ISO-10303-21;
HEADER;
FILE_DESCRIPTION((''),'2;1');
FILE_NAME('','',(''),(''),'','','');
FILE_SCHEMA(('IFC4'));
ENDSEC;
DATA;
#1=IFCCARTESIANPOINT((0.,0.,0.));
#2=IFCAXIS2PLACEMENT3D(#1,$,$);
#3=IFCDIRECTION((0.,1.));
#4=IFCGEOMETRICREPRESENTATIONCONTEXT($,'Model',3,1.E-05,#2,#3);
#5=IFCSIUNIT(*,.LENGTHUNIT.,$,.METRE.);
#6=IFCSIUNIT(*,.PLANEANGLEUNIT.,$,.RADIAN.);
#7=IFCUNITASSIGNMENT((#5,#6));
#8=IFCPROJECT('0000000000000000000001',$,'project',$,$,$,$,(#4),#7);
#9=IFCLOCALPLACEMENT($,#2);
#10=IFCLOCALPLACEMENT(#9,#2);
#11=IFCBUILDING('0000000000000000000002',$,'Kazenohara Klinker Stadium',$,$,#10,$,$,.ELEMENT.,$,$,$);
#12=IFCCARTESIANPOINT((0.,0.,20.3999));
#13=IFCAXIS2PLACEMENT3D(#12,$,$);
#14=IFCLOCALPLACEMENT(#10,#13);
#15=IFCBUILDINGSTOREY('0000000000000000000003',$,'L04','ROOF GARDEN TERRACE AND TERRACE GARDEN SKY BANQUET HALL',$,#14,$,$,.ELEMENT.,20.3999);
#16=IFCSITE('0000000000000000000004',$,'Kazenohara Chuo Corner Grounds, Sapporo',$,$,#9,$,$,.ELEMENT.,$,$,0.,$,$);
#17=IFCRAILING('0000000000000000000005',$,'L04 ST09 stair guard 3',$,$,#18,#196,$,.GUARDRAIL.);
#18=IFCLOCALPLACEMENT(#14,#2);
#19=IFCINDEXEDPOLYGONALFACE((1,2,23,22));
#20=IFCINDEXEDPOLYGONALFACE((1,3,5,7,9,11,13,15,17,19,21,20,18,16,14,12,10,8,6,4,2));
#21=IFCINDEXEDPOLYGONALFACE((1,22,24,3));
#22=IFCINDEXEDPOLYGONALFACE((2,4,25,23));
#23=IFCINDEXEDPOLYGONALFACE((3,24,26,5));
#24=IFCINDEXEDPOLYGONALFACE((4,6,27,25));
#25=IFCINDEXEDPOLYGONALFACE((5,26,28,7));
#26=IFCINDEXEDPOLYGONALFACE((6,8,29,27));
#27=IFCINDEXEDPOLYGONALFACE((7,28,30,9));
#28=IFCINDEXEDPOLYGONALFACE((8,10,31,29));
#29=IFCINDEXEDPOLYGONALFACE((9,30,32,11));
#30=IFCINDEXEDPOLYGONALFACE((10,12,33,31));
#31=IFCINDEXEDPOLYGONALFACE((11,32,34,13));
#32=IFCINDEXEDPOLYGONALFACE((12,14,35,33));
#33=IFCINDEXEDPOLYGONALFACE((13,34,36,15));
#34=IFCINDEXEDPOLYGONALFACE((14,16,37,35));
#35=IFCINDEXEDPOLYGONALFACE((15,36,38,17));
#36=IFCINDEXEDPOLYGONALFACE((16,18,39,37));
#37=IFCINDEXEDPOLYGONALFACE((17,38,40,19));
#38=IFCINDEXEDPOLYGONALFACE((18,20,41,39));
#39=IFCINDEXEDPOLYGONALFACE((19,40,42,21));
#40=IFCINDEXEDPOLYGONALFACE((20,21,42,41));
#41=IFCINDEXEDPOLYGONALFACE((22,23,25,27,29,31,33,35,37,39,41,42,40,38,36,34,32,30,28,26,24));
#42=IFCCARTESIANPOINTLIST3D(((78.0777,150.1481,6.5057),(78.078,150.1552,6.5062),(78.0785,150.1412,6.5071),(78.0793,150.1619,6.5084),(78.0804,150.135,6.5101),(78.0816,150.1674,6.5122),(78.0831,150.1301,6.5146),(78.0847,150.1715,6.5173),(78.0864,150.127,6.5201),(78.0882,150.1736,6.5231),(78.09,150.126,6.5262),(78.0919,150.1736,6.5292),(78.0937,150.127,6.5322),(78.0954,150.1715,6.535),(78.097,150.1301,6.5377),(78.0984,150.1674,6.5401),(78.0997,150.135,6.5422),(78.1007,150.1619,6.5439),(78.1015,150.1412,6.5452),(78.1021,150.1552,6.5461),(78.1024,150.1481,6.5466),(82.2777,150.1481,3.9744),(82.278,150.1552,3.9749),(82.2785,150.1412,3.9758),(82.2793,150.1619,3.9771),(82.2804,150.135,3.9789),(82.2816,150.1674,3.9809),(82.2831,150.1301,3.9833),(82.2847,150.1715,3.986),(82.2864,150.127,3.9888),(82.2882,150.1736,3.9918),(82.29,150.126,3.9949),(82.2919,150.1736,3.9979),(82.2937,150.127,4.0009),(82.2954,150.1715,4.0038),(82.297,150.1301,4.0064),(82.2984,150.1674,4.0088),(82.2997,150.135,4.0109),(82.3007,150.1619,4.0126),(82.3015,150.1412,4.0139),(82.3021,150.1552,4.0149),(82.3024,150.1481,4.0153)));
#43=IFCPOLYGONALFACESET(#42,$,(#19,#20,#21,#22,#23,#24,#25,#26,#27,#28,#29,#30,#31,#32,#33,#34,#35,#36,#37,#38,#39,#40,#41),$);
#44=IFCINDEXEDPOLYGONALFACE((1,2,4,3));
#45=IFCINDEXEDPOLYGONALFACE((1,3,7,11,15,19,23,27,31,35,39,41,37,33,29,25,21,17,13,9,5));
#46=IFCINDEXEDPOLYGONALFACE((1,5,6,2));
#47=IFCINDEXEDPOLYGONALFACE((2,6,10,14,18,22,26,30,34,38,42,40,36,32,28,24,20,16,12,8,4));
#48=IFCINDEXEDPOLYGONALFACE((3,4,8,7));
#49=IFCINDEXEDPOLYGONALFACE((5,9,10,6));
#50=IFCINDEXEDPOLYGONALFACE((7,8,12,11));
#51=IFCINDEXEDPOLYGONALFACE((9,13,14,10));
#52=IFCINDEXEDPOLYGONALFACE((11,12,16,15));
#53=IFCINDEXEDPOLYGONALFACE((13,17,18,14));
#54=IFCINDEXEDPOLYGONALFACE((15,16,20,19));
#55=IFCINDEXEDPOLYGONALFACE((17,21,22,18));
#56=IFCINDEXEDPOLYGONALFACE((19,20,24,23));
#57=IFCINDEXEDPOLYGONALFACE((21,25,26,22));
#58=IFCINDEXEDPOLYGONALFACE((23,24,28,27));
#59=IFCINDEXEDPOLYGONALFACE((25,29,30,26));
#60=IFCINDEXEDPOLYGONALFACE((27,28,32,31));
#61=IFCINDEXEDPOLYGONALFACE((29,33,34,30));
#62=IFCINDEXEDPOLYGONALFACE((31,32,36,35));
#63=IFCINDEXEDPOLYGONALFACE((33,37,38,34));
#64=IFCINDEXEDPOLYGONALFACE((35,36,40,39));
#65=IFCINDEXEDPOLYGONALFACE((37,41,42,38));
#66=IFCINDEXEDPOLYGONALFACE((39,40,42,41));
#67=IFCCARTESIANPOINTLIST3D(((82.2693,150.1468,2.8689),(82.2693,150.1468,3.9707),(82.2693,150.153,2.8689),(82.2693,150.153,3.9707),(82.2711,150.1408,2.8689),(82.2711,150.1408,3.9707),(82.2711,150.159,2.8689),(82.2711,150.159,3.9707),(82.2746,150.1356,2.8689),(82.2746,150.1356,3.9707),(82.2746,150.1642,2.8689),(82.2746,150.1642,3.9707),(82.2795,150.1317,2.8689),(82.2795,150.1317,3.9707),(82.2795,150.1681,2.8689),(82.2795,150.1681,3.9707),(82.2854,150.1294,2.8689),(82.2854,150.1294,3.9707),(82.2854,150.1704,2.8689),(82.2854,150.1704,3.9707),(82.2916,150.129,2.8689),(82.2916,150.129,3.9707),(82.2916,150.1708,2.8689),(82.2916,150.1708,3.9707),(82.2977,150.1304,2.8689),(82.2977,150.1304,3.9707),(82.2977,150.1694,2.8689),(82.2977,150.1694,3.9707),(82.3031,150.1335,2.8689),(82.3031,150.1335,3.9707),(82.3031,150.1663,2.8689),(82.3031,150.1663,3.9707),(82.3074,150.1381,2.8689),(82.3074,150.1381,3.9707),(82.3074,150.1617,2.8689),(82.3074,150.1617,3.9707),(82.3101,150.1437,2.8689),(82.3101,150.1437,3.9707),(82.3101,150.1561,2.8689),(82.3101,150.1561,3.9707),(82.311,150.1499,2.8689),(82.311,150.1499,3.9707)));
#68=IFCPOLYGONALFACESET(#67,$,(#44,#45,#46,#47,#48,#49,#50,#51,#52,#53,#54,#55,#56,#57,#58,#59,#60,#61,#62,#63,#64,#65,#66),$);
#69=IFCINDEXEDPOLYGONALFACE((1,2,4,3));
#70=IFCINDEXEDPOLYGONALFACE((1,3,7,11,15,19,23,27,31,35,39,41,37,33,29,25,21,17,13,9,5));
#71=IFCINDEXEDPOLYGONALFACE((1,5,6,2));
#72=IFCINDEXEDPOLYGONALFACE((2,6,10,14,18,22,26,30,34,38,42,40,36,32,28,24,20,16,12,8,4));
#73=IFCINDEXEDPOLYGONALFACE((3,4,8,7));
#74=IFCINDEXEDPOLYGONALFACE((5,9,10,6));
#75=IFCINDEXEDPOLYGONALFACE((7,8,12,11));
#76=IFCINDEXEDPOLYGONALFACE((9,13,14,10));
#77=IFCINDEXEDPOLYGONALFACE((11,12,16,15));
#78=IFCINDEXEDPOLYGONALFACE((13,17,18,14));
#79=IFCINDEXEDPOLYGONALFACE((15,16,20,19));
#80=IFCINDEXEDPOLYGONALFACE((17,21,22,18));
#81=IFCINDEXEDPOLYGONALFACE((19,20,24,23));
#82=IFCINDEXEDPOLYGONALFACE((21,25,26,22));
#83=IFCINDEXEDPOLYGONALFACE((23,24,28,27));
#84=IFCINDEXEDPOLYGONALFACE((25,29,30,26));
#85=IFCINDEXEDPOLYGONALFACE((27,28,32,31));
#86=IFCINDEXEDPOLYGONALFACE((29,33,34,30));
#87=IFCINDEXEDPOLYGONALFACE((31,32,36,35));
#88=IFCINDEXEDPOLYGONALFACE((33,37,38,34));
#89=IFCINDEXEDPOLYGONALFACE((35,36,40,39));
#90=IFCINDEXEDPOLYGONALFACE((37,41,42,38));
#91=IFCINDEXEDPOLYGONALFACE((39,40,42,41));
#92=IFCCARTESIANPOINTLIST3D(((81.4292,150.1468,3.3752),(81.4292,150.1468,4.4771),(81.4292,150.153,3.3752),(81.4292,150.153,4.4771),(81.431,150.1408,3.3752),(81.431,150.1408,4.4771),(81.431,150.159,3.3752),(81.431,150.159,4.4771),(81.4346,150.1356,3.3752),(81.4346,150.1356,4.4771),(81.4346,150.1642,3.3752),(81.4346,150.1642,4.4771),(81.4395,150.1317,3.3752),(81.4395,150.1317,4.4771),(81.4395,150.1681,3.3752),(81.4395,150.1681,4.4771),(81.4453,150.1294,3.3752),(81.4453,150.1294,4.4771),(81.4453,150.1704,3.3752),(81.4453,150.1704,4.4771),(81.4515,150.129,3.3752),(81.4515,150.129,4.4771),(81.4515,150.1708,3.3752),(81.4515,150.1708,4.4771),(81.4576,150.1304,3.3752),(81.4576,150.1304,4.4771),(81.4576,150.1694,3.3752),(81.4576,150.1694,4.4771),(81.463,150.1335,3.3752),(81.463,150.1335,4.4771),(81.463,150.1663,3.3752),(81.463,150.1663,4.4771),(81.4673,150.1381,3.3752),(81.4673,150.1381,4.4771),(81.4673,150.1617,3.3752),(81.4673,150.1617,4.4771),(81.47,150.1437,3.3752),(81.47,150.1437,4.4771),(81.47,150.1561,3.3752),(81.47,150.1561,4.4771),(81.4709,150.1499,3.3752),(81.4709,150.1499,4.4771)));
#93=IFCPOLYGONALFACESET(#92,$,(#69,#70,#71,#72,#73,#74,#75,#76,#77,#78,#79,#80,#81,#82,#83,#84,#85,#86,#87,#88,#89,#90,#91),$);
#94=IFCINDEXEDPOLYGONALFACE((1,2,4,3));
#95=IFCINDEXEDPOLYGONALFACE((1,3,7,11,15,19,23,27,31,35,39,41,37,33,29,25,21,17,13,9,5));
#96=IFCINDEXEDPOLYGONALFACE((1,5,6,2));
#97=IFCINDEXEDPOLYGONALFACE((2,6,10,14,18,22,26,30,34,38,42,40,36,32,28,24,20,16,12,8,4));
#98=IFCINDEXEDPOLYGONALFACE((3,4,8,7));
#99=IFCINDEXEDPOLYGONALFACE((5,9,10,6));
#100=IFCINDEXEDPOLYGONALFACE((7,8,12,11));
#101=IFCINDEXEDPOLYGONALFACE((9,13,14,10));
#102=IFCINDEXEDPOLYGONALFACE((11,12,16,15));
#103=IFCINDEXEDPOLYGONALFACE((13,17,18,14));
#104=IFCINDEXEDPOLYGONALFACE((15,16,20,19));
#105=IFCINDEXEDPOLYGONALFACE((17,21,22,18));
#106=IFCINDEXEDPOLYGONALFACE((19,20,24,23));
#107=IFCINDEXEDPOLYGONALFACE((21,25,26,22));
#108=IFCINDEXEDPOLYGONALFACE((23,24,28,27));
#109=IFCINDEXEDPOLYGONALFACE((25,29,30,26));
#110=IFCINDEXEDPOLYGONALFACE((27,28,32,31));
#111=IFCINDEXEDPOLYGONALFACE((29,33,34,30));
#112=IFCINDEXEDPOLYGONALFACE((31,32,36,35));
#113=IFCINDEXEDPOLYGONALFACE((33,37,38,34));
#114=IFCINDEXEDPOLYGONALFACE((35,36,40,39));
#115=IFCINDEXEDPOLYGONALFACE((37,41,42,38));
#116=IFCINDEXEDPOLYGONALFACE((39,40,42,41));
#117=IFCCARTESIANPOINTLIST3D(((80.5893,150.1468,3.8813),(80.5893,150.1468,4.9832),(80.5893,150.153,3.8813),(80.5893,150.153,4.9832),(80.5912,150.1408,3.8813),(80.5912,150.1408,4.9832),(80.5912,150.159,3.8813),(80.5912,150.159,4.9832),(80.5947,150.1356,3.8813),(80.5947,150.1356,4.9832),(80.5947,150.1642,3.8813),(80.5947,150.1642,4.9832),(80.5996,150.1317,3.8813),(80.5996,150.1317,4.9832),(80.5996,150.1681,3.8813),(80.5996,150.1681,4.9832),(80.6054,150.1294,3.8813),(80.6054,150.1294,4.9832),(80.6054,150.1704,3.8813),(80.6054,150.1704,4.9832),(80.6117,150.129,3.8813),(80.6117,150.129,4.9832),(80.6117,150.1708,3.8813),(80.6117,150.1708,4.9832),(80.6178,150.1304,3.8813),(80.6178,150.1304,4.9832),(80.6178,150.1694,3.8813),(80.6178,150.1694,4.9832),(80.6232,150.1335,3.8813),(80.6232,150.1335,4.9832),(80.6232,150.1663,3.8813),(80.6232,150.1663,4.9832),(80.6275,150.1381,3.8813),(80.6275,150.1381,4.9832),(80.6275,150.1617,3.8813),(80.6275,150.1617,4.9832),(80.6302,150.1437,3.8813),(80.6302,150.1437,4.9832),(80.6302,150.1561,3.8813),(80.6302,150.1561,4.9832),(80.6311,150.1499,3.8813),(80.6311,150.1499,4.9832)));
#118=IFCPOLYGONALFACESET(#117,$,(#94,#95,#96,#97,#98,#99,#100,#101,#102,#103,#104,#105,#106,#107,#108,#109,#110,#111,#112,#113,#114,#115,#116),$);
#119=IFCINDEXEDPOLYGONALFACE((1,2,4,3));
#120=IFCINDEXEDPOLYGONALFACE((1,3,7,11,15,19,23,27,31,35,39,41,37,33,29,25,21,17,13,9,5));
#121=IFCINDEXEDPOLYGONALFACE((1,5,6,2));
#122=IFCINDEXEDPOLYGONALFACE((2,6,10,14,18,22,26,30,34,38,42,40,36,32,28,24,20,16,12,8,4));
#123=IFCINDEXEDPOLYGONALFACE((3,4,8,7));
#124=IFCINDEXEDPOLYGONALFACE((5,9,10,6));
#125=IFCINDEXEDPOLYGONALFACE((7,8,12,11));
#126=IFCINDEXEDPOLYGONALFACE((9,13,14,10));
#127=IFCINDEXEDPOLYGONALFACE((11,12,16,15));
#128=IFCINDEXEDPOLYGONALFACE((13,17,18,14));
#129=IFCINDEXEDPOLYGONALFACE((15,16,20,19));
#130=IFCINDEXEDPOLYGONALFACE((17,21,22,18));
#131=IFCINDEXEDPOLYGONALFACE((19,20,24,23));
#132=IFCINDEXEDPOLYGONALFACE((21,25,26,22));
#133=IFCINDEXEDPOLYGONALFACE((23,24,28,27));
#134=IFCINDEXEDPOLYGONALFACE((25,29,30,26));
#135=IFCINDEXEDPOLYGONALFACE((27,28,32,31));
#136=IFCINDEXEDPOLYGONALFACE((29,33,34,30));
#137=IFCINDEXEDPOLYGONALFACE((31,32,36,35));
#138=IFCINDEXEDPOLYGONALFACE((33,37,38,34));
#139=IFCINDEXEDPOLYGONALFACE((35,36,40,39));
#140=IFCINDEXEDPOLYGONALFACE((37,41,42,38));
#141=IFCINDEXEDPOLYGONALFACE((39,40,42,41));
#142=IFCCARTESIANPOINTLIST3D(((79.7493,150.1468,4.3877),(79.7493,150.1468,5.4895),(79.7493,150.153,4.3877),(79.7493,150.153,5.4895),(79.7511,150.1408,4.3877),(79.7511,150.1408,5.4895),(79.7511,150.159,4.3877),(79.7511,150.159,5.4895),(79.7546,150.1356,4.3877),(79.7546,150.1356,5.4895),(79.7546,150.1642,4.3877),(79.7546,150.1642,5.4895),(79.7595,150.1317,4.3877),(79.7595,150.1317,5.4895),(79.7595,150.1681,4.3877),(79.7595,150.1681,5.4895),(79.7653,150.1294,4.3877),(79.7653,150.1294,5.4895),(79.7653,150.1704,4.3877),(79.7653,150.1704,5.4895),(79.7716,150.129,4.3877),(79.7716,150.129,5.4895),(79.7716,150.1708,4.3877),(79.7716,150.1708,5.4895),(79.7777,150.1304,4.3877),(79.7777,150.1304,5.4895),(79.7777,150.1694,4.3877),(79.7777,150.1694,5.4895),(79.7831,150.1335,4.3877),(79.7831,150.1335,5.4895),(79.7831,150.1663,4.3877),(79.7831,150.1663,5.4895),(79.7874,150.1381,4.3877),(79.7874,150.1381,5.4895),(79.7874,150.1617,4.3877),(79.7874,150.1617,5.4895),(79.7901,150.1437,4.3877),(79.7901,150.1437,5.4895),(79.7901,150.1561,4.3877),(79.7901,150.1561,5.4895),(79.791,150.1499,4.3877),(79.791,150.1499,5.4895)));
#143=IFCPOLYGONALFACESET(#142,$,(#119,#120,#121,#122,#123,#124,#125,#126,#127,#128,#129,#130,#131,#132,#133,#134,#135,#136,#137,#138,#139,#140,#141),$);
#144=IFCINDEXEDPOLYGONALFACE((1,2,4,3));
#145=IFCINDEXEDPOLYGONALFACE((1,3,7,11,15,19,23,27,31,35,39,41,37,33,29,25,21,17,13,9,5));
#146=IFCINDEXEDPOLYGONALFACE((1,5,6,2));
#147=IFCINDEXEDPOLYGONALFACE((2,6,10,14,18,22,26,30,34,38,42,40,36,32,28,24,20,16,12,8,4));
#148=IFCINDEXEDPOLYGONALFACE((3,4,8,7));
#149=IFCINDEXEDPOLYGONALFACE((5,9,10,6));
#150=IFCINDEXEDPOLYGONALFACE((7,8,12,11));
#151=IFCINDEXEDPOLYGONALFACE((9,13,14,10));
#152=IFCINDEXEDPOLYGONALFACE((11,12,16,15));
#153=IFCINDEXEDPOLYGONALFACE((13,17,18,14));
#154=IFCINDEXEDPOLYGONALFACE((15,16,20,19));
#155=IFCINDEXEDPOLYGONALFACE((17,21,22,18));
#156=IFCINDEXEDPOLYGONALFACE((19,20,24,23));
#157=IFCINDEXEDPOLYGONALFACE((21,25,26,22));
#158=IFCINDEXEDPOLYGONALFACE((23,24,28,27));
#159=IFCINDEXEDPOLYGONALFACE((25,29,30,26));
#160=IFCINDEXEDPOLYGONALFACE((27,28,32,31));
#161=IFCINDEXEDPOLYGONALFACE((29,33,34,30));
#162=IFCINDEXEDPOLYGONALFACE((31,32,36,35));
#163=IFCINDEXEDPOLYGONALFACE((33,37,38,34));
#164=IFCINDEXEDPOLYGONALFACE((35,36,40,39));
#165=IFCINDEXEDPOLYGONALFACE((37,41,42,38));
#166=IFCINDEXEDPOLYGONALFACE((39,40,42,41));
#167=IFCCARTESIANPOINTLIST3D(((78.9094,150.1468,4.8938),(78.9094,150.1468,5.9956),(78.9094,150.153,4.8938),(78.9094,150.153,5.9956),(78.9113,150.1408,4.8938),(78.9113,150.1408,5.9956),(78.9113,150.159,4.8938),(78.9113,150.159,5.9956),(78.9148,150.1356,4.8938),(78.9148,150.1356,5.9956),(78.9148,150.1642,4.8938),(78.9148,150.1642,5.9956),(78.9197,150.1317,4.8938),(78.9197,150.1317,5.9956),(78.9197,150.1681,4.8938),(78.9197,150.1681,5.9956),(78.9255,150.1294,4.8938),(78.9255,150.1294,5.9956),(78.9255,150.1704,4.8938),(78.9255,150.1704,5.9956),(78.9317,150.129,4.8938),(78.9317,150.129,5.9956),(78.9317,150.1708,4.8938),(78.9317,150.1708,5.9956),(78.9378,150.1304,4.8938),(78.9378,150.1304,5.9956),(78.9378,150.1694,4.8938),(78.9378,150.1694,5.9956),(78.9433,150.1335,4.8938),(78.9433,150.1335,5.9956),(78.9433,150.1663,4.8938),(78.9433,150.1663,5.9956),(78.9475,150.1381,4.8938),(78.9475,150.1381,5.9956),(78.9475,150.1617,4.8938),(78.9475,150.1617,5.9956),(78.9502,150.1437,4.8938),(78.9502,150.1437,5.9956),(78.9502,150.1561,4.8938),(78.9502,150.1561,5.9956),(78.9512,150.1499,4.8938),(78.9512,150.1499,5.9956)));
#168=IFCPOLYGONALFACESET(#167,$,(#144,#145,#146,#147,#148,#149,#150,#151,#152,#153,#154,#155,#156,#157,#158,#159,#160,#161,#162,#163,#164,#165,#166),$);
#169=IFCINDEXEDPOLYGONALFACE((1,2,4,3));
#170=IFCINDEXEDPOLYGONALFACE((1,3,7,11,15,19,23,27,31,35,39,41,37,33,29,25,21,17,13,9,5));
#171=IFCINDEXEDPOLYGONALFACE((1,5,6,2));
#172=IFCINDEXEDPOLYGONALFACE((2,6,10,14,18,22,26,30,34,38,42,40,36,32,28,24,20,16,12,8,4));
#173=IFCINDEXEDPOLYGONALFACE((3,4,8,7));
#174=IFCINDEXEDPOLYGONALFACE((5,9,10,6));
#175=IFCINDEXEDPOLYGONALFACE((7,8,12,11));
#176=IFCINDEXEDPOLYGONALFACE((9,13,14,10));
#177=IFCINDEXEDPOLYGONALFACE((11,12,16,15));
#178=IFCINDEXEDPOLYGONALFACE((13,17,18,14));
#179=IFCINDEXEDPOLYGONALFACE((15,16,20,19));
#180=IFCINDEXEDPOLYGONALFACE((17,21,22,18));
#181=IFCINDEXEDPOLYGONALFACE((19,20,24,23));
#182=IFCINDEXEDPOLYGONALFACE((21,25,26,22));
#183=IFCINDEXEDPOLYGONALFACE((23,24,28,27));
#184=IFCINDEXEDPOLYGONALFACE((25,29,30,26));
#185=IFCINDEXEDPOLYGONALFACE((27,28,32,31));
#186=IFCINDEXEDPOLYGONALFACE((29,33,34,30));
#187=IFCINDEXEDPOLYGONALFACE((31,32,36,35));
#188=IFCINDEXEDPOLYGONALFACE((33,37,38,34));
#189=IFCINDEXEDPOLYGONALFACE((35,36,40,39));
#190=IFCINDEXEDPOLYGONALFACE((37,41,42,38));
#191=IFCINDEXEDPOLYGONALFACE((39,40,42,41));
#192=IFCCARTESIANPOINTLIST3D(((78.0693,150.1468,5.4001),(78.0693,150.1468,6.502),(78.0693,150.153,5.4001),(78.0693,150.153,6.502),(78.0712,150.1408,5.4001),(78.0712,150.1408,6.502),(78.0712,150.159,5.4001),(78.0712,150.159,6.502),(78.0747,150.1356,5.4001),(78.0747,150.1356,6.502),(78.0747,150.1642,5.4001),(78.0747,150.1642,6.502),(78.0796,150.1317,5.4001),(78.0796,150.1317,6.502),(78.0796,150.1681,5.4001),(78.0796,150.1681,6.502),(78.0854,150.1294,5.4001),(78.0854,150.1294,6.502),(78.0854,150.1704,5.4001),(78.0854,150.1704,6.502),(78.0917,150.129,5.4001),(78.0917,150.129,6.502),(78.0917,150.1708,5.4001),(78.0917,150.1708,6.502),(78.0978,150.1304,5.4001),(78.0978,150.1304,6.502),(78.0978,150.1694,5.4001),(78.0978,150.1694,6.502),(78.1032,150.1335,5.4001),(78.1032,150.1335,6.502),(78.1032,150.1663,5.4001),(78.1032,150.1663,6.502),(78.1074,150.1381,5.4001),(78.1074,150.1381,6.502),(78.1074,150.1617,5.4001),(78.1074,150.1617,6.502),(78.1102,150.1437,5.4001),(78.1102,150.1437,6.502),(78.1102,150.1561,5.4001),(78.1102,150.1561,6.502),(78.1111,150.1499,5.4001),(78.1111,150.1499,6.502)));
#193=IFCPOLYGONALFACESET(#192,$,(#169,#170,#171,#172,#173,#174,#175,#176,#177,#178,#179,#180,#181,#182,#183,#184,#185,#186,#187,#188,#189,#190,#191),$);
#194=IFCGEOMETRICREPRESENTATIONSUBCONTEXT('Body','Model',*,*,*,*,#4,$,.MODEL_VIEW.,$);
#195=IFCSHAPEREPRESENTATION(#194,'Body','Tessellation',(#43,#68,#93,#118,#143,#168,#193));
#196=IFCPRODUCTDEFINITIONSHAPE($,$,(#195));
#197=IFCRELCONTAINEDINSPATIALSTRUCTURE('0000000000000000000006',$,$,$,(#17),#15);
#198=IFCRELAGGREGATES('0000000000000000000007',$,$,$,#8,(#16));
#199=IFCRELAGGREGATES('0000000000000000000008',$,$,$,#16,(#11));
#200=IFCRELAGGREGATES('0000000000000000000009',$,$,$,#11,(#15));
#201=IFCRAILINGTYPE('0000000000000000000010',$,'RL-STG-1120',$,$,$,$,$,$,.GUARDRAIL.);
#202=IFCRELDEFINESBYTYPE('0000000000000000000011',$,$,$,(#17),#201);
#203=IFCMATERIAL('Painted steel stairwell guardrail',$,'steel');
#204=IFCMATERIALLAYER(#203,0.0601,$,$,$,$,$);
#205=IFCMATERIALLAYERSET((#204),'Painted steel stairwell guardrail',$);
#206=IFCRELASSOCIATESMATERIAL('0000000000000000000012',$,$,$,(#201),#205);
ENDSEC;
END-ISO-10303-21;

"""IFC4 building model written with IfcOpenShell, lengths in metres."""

from ifc_helpers import new_model, si_unit, direction, frame, origin, origin_2d, place, context, subcontext, project, spatial, circle, extrude, material, layer, layer_set, type_object, element, save


model = new_model("IFC4")

# Units and contexts
model_context = context("Model", 3, precision=1e-05, world=origin(), true_north=direction((0.0, 1.0)))
body_context = subcontext(model_context, "Body", "Model", "MODEL_VIEW")
ifc_project = project(units=[si_unit("LENGTHUNIT", "METRE"), si_unit("PLANEANGLEUNIT", "RADIAN")], contexts=[model_context])

# Site, building, storey
site_placement = place(None, origin())
site = spatial("IfcSite", under=ifc_project, at=site_placement, Name="Kazenohara Chuo Corner Grounds, Sapporo", CompositionType="ELEMENT", RefElevation=0.0)
building_placement = place(site_placement, origin())
building = spatial("IfcBuilding", under=site, at=building_placement, Name="Kazenohara Klinker Stadium", CompositionType="ELEMENT")
storey_placement = place(building_placement, frame((0.0, 0.0, 20.3999)))
storey = spatial("IfcBuildingStorey", under=building, at=storey_placement, Name="L04", Description="ROOF GARDEN TERRACE AND TERRACE GARDEN SKY BANQUET HALL", CompositionType="ELEMENT", Elevation=20.3999)

# Railing
ifc_material_1 = material(Name="Painted steel stairwell guardrail", Category="steel")
ifc_layer_1 = layer(ifc_material_1, 0.0601)
ifc_layer_set_1 = layer_set([ifc_layer_1], Name="Painted steel stairwell guardrail")
railing_type_1 = type_object("IfcRailingType", Name="RL-STG-1120", PredefinedType="GUARDRAIL", material=ifc_layer_set_1)
railing_1_placement = place(storey_placement, frame((82.29, 150.1499, 2.8689)))
element("IfcRailing", 1, at=railing_1_placement, inside=storey, type_object=railing_type_1, Name="L04 ST09 stair guard 3", PredefinedType="GUARDRAIL", context=body_context, shape_type="SweptSolid", body=[
    extrude(circle(Radius=0.0239, at=origin_2d()), frame((0.0, 0.0, 1.126), z_axis=(-0.856476, 0.0, 0.516186), x_axis=(0.0, -1.0, 0.0)), (0.0, 0.0, 1.0), 4.9038),
    extrude(circle(Radius=0.021, at=origin_2d()), origin(), (0.0, 0.0, 1.0), 1.1018),
    extrude(circle(Radius=0.021, at=origin_2d()), frame((-0.8401, 0.0, 0.5063)), (0.0, 0.0, 1.0), 1.1018),
    extrude(circle(Radius=0.021, at=origin_2d()), frame((-1.6799, 0.0, 1.0125)), (0.0, 0.0, 1.0), 1.1018),
    extrude(circle(Radius=0.021, at=origin_2d()), frame((-2.52, 0.0, 1.5188)), (0.0, 0.0, 1.0), 1.1018),
    extrude(circle(Radius=0.021, at=origin_2d()), frame((-3.3599, 0.0, 2.0249)), (0.0, 0.0, 1.0), 1.1018),
    extrude(circle(Radius=0.021, at=origin_2d()), frame((-4.2, 0.0, 2.5312)), (0.0, 0.0, 1.0), 1.1018),
])

save(model, "model.ifc")
